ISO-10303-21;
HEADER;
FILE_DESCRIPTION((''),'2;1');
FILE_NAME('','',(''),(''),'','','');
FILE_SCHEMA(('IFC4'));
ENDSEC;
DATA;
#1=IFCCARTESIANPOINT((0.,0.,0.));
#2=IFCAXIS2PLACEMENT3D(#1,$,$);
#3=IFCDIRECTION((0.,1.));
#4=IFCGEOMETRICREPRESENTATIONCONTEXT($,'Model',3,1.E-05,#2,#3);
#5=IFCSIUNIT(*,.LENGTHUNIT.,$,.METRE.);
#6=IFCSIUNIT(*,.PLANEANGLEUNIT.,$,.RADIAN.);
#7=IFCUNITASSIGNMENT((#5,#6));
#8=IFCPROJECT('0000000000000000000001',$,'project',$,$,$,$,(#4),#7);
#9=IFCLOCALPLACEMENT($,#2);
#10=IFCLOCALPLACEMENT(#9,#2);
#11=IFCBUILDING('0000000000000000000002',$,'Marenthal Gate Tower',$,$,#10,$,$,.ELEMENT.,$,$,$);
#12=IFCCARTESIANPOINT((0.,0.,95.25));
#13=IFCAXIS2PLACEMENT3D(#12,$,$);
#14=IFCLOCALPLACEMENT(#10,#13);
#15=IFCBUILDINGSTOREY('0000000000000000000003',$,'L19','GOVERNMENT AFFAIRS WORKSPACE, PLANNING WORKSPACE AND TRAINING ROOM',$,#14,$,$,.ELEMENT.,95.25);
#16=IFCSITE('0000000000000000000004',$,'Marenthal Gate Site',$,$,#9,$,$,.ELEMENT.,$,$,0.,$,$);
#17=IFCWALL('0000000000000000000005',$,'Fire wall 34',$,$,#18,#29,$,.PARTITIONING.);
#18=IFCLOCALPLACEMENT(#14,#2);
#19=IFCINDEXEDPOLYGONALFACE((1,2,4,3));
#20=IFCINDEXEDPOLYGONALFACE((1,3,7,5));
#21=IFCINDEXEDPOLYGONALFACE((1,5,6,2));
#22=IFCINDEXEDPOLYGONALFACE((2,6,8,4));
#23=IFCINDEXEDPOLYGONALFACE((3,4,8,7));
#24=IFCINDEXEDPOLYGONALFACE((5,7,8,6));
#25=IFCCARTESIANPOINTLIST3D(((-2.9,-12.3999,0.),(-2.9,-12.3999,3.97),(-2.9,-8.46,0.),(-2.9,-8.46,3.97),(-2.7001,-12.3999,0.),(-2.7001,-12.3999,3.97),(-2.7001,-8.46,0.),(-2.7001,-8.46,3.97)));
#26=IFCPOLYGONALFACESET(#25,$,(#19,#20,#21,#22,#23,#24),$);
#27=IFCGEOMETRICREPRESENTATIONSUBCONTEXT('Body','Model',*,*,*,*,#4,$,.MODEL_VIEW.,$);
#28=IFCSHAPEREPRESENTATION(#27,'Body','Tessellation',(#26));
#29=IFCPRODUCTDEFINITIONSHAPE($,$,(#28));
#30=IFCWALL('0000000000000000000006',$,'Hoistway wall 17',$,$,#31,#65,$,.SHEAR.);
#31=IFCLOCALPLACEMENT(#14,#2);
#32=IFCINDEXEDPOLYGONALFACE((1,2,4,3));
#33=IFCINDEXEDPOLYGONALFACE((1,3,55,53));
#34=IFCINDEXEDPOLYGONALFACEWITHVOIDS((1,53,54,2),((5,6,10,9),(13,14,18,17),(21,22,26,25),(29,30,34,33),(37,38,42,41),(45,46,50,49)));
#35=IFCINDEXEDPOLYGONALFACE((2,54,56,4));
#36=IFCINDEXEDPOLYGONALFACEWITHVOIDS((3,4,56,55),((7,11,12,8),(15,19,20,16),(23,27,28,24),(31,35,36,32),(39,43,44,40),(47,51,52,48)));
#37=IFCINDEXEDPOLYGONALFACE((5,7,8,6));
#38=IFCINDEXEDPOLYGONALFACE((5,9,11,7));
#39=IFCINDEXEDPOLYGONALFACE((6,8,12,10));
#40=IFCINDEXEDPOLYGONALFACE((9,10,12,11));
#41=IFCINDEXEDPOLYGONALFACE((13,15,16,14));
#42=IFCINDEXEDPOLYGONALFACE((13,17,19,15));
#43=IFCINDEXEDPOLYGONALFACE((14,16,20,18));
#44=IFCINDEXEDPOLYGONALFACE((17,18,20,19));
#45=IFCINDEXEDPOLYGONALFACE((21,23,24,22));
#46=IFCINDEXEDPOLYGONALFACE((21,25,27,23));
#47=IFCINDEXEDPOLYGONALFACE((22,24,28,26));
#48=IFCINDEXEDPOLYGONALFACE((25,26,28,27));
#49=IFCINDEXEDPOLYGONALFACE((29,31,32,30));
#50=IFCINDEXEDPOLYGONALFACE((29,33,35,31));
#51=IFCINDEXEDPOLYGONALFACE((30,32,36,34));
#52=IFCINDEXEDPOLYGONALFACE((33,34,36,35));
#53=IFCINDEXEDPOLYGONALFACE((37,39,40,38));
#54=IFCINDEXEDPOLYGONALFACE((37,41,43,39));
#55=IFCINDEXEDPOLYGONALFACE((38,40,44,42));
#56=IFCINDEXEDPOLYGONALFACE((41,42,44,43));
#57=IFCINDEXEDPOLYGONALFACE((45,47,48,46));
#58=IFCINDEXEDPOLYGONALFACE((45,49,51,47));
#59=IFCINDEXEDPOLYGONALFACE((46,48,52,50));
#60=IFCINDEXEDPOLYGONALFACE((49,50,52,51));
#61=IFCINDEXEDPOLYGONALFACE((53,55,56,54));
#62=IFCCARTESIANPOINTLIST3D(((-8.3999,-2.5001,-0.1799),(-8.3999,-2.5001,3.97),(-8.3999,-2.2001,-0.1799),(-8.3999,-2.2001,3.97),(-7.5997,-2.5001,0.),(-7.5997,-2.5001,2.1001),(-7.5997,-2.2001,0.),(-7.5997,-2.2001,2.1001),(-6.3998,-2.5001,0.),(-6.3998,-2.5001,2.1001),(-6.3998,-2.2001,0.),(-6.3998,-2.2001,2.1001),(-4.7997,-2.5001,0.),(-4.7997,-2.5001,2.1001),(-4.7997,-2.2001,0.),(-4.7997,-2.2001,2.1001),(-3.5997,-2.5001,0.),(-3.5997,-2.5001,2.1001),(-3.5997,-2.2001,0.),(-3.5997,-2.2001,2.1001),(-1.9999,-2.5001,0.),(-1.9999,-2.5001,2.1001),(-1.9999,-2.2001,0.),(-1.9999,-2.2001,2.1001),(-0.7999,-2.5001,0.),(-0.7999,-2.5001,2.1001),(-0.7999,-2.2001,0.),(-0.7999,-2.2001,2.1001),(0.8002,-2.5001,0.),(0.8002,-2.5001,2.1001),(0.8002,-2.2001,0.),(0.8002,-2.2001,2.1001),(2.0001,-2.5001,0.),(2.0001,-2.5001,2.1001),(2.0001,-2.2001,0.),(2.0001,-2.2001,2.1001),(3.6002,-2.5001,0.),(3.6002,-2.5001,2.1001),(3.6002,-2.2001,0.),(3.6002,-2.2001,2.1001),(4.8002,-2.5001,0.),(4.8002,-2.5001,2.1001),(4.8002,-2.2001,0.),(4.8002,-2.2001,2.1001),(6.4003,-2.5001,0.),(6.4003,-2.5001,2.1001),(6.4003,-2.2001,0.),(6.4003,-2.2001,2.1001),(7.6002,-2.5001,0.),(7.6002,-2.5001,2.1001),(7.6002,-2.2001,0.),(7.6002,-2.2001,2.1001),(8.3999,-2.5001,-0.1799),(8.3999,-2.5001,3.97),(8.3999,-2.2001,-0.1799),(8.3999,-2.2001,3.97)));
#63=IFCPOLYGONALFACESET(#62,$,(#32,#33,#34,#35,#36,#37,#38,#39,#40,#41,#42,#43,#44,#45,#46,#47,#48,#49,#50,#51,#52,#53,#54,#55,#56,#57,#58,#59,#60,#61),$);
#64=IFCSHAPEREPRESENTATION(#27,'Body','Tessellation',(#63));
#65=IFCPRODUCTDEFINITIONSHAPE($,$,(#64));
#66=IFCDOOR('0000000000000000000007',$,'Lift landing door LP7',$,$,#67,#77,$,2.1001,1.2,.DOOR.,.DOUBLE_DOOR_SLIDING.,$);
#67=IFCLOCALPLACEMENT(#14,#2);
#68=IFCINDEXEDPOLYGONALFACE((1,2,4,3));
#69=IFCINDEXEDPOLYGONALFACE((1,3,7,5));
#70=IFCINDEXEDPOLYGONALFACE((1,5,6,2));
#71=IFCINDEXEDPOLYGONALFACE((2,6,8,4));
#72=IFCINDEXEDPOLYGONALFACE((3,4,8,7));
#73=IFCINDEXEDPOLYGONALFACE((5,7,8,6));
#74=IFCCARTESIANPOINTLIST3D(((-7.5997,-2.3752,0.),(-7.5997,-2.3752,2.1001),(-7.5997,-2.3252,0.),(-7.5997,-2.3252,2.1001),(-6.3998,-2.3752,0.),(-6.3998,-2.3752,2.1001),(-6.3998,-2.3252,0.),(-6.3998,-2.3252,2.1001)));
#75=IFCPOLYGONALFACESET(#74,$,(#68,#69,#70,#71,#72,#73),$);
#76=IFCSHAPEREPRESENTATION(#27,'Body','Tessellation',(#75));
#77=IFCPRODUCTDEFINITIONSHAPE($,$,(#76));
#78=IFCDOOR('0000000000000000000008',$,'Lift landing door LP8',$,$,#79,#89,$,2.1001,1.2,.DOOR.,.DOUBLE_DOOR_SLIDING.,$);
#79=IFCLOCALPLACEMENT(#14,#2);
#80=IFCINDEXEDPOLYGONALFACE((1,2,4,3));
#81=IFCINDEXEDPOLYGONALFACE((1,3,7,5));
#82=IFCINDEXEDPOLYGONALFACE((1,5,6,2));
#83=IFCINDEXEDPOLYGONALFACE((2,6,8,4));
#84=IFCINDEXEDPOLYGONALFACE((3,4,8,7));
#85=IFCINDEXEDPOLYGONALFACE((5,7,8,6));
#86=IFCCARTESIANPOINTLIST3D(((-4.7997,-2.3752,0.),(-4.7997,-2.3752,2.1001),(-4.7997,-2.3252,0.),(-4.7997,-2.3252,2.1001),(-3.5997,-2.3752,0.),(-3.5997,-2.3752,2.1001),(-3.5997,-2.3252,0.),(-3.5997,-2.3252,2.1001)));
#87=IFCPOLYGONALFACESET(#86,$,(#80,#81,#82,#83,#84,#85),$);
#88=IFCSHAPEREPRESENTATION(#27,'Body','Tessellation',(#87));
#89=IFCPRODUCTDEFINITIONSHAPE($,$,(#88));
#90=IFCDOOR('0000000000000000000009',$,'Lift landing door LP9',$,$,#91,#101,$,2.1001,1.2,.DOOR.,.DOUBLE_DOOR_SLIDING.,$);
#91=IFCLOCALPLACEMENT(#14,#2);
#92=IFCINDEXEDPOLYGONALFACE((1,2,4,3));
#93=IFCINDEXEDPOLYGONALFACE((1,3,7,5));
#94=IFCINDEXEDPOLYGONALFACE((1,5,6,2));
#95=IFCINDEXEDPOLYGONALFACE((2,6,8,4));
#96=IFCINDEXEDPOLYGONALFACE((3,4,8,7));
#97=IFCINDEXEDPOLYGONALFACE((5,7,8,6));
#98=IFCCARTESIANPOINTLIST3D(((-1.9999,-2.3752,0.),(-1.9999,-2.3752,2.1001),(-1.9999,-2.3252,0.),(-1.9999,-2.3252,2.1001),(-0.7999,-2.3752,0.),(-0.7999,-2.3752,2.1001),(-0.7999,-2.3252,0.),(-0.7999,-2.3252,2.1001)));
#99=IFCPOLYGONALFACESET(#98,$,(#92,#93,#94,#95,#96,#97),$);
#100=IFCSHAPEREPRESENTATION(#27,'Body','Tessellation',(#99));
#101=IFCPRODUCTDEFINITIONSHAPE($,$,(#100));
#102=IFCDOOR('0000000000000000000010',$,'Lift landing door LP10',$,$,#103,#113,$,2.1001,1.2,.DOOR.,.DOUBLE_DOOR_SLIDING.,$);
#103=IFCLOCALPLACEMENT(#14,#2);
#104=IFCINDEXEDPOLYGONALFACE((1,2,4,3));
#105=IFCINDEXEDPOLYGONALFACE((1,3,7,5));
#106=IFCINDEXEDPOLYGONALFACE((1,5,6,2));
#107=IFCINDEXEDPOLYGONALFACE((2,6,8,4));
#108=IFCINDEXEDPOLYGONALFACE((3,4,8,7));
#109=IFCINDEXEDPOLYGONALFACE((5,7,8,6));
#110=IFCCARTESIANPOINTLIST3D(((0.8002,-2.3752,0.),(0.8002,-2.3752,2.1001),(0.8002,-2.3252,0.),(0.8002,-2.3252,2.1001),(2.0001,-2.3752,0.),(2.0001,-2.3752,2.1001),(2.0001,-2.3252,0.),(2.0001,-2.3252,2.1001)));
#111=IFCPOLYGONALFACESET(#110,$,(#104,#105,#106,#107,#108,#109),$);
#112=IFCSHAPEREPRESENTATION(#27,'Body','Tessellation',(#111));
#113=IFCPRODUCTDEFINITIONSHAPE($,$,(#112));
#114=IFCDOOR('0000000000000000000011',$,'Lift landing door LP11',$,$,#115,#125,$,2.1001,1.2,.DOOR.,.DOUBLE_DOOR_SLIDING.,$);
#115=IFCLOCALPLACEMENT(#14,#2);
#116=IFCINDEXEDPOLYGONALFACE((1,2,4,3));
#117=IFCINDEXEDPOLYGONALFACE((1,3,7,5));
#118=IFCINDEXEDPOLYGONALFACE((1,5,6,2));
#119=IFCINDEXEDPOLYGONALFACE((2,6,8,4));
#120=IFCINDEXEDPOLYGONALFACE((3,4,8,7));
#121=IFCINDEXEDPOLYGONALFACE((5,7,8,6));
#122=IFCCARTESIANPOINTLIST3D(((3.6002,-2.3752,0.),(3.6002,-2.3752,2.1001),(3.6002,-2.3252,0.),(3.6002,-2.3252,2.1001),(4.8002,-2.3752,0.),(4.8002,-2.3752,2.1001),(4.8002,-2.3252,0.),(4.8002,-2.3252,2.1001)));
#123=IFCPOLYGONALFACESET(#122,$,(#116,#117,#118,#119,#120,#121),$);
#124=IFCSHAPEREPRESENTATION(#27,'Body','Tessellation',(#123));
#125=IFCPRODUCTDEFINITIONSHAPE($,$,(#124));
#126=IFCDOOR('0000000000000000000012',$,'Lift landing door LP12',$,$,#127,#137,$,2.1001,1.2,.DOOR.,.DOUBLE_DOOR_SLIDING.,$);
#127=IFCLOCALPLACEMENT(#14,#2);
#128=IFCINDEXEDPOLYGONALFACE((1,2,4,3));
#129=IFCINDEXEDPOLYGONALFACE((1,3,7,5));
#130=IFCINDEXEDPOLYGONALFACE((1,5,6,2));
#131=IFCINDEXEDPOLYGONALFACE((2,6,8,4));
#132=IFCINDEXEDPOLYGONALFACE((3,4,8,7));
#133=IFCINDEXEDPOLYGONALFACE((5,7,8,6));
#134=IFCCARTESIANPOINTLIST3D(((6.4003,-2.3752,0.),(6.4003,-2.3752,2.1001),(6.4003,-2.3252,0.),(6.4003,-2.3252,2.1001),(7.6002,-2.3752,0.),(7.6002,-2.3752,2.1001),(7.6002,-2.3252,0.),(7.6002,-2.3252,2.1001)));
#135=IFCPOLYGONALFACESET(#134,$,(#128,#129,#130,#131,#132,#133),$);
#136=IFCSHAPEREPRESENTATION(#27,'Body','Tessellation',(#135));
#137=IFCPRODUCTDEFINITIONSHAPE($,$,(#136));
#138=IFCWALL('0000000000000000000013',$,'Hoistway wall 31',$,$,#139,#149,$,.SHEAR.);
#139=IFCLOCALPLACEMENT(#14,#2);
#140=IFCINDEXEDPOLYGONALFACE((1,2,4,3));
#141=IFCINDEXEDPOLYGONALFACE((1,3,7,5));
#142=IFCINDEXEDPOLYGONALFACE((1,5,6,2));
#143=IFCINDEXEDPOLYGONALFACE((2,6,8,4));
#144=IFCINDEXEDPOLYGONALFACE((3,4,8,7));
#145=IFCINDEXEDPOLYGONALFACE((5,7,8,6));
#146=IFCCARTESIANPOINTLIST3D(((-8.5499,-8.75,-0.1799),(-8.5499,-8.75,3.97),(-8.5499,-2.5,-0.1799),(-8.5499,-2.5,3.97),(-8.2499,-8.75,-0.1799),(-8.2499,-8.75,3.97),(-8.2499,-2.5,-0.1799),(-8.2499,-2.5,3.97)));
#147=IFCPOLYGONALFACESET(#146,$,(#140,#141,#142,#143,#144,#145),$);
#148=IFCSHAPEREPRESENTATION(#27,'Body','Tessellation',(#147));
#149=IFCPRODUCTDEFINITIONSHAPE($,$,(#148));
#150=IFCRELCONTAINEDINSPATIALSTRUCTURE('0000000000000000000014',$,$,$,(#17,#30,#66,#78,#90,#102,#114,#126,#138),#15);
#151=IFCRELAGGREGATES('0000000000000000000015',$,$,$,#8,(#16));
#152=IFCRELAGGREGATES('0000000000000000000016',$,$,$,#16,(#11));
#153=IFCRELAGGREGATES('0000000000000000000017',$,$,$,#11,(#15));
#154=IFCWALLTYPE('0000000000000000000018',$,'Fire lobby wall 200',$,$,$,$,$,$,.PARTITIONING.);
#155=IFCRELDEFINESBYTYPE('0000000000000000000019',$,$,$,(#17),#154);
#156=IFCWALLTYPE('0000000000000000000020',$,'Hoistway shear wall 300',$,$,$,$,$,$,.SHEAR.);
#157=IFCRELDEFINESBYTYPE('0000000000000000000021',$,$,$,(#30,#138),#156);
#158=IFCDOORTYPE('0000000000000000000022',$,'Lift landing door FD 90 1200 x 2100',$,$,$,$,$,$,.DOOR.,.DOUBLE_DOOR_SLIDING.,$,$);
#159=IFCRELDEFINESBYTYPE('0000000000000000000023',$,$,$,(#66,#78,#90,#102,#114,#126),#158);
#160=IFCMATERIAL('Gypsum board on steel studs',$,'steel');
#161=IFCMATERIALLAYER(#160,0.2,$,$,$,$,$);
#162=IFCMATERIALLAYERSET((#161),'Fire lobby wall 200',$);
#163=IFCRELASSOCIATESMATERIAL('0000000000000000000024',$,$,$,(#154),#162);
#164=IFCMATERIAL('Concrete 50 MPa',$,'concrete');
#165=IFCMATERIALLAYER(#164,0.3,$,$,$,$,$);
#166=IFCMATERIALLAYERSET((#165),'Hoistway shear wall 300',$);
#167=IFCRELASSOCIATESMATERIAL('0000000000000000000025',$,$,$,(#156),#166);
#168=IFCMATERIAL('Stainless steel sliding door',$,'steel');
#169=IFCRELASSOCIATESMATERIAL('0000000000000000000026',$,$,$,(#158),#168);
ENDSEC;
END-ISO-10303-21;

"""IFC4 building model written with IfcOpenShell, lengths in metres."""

from ifc_helpers import new_model, si_unit, direction, frame, frame_2d, origin, place, context, subcontext, project, spatial, rectangle, extrude, material, layer, layer_set, type_object, element, fill, save


model = new_model("IFC4")

# Units and contexts
model_context = context("Model", 3, precision=1e-05, world=origin(), true_north=direction((0.0, 1.0)))
body_context = subcontext(model_context, "Body", "Model", "MODEL_VIEW")
ifc_project = project(units=[si_unit("LENGTHUNIT", "METRE"), si_unit("PLANEANGLEUNIT", "RADIAN")], contexts=[model_context])

# Site, building, storey
site_placement = place(None, origin())
site = spatial("IfcSite", under=ifc_project, at=site_placement, Name="Marenthal Gate Site", CompositionType="ELEMENT", RefElevation=0.0)
building_placement = place(site_placement, origin())
building = spatial("IfcBuilding", under=site, at=building_placement, Name="Marenthal Gate Tower", CompositionType="ELEMENT")
storey_placement = place(building_placement, frame((0.0, 0.0, 95.25)))
storey = spatial("IfcBuildingStorey", under=building, at=storey_placement, Name="L19", Description="GOVERNMENT AFFAIRS WORKSPACE, PLANNING WORKSPACE AND TRAINING ROOM", CompositionType="ELEMENT", Elevation=95.25)

# Wall
ifc_material_1 = material(Name="Gypsum board on steel studs", Category="steel")
ifc_layer_1 = layer(ifc_material_1, 0.2)
ifc_layer_set_1 = layer_set([ifc_layer_1], Name="Fire lobby wall 200")
wall_type_1 = type_object("IfcWallType", Name="Fire lobby wall 200", PredefinedType="PARTITIONING", material=ifc_layer_set_1)
wall_1_placement = place(storey_placement, frame((-2.8, -12.3999, 0.0), z_axis=(0.0, 0.0, 1.0), x_axis=(0.0, 1.0, 0.0)))
element("IfcWall", 1, at=wall_1_placement, inside=storey, type_object=wall_type_1, Name="Fire wall 34", PredefinedType="PARTITIONING", context=body_context, shape_type="SweptSolid", body=[
    extrude(rectangle(XDim=3.9399, YDim=0.2, at=frame_2d((1.97, 0.0))), origin(), (0.0, 0.0, 1.0), 3.97),
])

# Wall, openings, doors
ifc_material_2 = material(Name="Concrete 50 MPa", Category="concrete")
ifc_layer_2 = layer(ifc_material_2, 0.3)
ifc_layer_set_2 = layer_set([ifc_layer_2], Name="Hoistway shear wall 300")
wall_type_2 = type_object("IfcWallType", Name="Hoistway shear wall 300", PredefinedType="SHEAR", material=ifc_layer_set_2)
wall_2_placement = place(storey_placement, frame((-8.3999, -2.3501, -0.1799), z_axis=(0.0, 0.0, 1.0), x_axis=(1.0, 0.0, 0.0)))
wall_2 = element("IfcWall", 2, at=wall_2_placement, inside=storey, type_object=wall_type_2, Name="Hoistway wall 17", PredefinedType="SHEAR", context=body_context, shape_type="SweptSolid", body=[
    extrude(rectangle(XDim=16.7998, YDim=0.3, at=frame_2d((8.3999, 0.0))), origin(), (0.0, 0.0, 1.0), 4.1499),
])
opening_1_placement = place(wall_2_placement, frame((0.8, 0.0, 0.1799)))
opening_1 = element("IfcOpeningElement", 3, at=opening_1_placement, cuts=wall_2, PredefinedType="OPENING", context=body_context, shape_type="SweptSolid", body=[
    extrude(rectangle(XDim=1.2, YDim=2.1001, at=frame_2d((0.6001, 1.05))), frame((0.0, 0.1602, 0.0), z_axis=(0.0, -1.0, 0.0), x_axis=(1.0, 0.0, 0.0)), (0.0, 0.0, 1.0), 0.3201),
])
opening_2_placement = place(wall_2_placement, frame((3.6001, 0.0, 0.1799)))
opening_2 = element("IfcOpeningElement", 4, at=opening_2_placement, cuts=wall_2, PredefinedType="OPENING", context=body_context, shape_type="SweptSolid", body=[
    extrude(rectangle(XDim=1.2, YDim=2.1001, at=frame_2d((0.6001, 1.05))), frame((0.0, 0.1602, 0.0), z_axis=(0.0, -1.0, 0.0), x_axis=(1.0, 0.0, 0.0)), (0.0, 0.0, 1.0), 0.3201),
])
opening_3_placement = place(wall_2_placement, frame((6.3999, 0.0, 0.1799)))
opening_3 = element("IfcOpeningElement", 5, at=opening_3_placement, cuts=wall_2, PredefinedType="OPENING", context=body_context, shape_type="SweptSolid", body=[
    extrude(rectangle(XDim=1.2, YDim=2.1001, at=frame_2d((0.6001, 1.05))), frame((0.0, 0.1602, 0.0), z_axis=(0.0, -1.0, 0.0), x_axis=(1.0, 0.0, 0.0)), (0.0, 0.0, 1.0), 0.3201),
])
opening_4_placement = place(wall_2_placement, frame((9.2, 0.0, 0.1799)))
opening_4 = element("IfcOpeningElement", 6, at=opening_4_placement, cuts=wall_2, PredefinedType="OPENING", context=body_context, shape_type="SweptSolid", body=[
    extrude(rectangle(XDim=1.2, YDim=2.1001, at=frame_2d((0.6001, 1.05))), frame((0.0, 0.1602, 0.0), z_axis=(0.0, -1.0, 0.0), x_axis=(1.0, 0.0, 0.0)), (0.0, 0.0, 1.0), 0.3201),
])
opening_5_placement = place(wall_2_placement, frame((12.0, 0.0, 0.1799)))
opening_5 = element("IfcOpeningElement", 7, at=opening_5_placement, cuts=wall_2, PredefinedType="OPENING", context=body_context, shape_type="SweptSolid", body=[
    extrude(rectangle(XDim=1.2, YDim=2.1001, at=frame_2d((0.6001, 1.05))), frame((0.0, 0.1602, 0.0), z_axis=(0.0, -1.0, 0.0), x_axis=(1.0, 0.0, 0.0)), (0.0, 0.0, 1.0), 0.3201),
])
opening_6_placement = place(wall_2_placement, frame((14.8, 0.0, 0.1799)))
opening_6 = element("IfcOpeningElement", 8, at=opening_6_placement, cuts=wall_2, PredefinedType="OPENING", context=body_context, shape_type="SweptSolid", body=[
    extrude(rectangle(XDim=1.2, YDim=2.1001, at=frame_2d((0.6001, 1.05))), frame((0.0, 0.1602, 0.0), z_axis=(0.0, -1.0, 0.0), x_axis=(1.0, 0.0, 0.0)), (0.0, 0.0, 1.0), 0.3201),
])
ifc_material_3 = material(Name="Stainless steel sliding door", Category="steel")
door_type_1 = type_object("IfcDoorType", Name="Lift landing door FD 90 1200 x 2100", OperationType="DOUBLE_DOOR_SLIDING", PredefinedType="DOOR", material=ifc_material_3)
door_1_placement = place(opening_1_placement, origin())
door_1 = element("IfcDoor", 9, at=door_1_placement, inside=storey, type_object=door_type_1, Name="Lift landing door LP7", OperationType="DOUBLE_DOOR_SLIDING", OverallHeight=2.1001, OverallWidth=1.2, PredefinedType="DOOR", context=body_context, shape_type="SweptSolid", body=[
    extrude(rectangle(XDim=1.2, YDim=2.1001, at=frame_2d((0.6001, 1.05))), frame((0.0, 0.0249, 0.0), z_axis=(0.0, -1.0, 0.0), x_axis=(1.0, 0.0, 0.0)), (0.0, 0.0, 1.0), 0.05),
])
fill(opening_1, door_1)
door_2_placement = place(opening_2_placement, origin())
door_2 = element("IfcDoor", 10, at=door_2_placement, inside=storey, type_object=door_type_1, Name="Lift landing door LP8", OperationType="DOUBLE_DOOR_SLIDING", OverallHeight=2.1001, OverallWidth=1.2, PredefinedType="DOOR", context=body_context, shape_type="SweptSolid", body=[
    extrude(rectangle(XDim=1.2, YDim=2.1001, at=frame_2d((0.6001, 1.05))), frame((0.0, 0.0249, 0.0), z_axis=(0.0, -1.0, 0.0), x_axis=(1.0, 0.0, 0.0)), (0.0, 0.0, 1.0), 0.05),
])
fill(opening_2, door_2)
door_3_placement = place(opening_3_placement, origin())
door_3 = element("IfcDoor", 11, at=door_3_placement, inside=storey, type_object=door_type_1, Name="Lift landing door LP9", OperationType="DOUBLE_DOOR_SLIDING", OverallHeight=2.1001, OverallWidth=1.2, PredefinedType="DOOR", context=body_context, shape_type="SweptSolid", body=[
    extrude(rectangle(XDim=1.2, YDim=2.1001, at=frame_2d((0.6001, 1.05))), frame((0.0, 0.0249, 0.0), z_axis=(0.0, -1.0, 0.0), x_axis=(1.0, 0.0, 0.0)), (0.0, 0.0, 1.0), 0.05),
])
fill(opening_3, door_3)
door_4_placement = place(opening_4_placement, origin())
door_4 = element("IfcDoor", 12, at=door_4_placement, inside=storey, type_object=door_type_1, Name="Lift landing door LP10", OperationType="DOUBLE_DOOR_SLIDING", OverallHeight=2.1001, OverallWidth=1.2, PredefinedType="DOOR", context=body_context, shape_type="SweptSolid", body=[
    extrude(rectangle(XDim=1.2, YDim=2.1001, at=frame_2d((0.6001, 1.05))), frame((0.0, 0.0249, 0.0), z_axis=(0.0, -1.0, 0.0), x_axis=(1.0, 0.0, 0.0)), (0.0, 0.0, 1.0), 0.05),
])
fill(opening_4, door_4)
door_5_placement = place(opening_5_placement, origin())
door_5 = element("IfcDoor", 13, at=door_5_placement, inside=storey, type_object=door_type_1, Name="Lift landing door LP11", OperationType="DOUBLE_DOOR_SLIDING", OverallHeight=2.1001, OverallWidth=1.2, PredefinedType="DOOR", context=body_context, shape_type="SweptSolid", body=[
    extrude(rectangle(XDim=1.2, YDim=2.1001, at=frame_2d((0.6001, 1.05))), frame((0.0, 0.0249, 0.0), z_axis=(0.0, -1.0, 0.0), x_axis=(1.0, 0.0, 0.0)), (0.0, 0.0, 1.0), 0.05),
])
fill(opening_5, door_5)
door_6_placement = place(opening_6_placement, origin())
door_6 = element("IfcDoor", 14, at=door_6_placement, inside=storey, type_object=door_type_1, Name="Lift landing door LP12", OperationType="DOUBLE_DOOR_SLIDING", OverallHeight=2.1001, OverallWidth=1.2, PredefinedType="DOOR", context=body_context, shape_type="SweptSolid", body=[
    extrude(rectangle(XDim=1.2, YDim=2.1001, at=frame_2d((0.6001, 1.05))), frame((0.0, 0.0249, 0.0), z_axis=(0.0, -1.0, 0.0), x_axis=(1.0, 0.0, 0.0)), (0.0, 0.0, 1.0), 0.05),
])
fill(opening_6, door_6)

# Wall
wall_3_placement = place(storey_placement, frame((-8.3999, -8.75, -0.1799), z_axis=(0.0, 0.0, 1.0), x_axis=(0.0, 1.0, 0.0)))
element("IfcWall", 15, at=wall_3_placement, inside=storey, type_object=wall_type_2, Name="Hoistway wall 31", PredefinedType="SHEAR", context=body_context, shape_type="SweptSolid", body=[
    extrude(rectangle(XDim=6.25, YDim=0.3, at=frame_2d((3.125, 0.0))), origin(), (0.0, 0.0, 1.0), 4.1499),
])

save(model, "model.ifc")
